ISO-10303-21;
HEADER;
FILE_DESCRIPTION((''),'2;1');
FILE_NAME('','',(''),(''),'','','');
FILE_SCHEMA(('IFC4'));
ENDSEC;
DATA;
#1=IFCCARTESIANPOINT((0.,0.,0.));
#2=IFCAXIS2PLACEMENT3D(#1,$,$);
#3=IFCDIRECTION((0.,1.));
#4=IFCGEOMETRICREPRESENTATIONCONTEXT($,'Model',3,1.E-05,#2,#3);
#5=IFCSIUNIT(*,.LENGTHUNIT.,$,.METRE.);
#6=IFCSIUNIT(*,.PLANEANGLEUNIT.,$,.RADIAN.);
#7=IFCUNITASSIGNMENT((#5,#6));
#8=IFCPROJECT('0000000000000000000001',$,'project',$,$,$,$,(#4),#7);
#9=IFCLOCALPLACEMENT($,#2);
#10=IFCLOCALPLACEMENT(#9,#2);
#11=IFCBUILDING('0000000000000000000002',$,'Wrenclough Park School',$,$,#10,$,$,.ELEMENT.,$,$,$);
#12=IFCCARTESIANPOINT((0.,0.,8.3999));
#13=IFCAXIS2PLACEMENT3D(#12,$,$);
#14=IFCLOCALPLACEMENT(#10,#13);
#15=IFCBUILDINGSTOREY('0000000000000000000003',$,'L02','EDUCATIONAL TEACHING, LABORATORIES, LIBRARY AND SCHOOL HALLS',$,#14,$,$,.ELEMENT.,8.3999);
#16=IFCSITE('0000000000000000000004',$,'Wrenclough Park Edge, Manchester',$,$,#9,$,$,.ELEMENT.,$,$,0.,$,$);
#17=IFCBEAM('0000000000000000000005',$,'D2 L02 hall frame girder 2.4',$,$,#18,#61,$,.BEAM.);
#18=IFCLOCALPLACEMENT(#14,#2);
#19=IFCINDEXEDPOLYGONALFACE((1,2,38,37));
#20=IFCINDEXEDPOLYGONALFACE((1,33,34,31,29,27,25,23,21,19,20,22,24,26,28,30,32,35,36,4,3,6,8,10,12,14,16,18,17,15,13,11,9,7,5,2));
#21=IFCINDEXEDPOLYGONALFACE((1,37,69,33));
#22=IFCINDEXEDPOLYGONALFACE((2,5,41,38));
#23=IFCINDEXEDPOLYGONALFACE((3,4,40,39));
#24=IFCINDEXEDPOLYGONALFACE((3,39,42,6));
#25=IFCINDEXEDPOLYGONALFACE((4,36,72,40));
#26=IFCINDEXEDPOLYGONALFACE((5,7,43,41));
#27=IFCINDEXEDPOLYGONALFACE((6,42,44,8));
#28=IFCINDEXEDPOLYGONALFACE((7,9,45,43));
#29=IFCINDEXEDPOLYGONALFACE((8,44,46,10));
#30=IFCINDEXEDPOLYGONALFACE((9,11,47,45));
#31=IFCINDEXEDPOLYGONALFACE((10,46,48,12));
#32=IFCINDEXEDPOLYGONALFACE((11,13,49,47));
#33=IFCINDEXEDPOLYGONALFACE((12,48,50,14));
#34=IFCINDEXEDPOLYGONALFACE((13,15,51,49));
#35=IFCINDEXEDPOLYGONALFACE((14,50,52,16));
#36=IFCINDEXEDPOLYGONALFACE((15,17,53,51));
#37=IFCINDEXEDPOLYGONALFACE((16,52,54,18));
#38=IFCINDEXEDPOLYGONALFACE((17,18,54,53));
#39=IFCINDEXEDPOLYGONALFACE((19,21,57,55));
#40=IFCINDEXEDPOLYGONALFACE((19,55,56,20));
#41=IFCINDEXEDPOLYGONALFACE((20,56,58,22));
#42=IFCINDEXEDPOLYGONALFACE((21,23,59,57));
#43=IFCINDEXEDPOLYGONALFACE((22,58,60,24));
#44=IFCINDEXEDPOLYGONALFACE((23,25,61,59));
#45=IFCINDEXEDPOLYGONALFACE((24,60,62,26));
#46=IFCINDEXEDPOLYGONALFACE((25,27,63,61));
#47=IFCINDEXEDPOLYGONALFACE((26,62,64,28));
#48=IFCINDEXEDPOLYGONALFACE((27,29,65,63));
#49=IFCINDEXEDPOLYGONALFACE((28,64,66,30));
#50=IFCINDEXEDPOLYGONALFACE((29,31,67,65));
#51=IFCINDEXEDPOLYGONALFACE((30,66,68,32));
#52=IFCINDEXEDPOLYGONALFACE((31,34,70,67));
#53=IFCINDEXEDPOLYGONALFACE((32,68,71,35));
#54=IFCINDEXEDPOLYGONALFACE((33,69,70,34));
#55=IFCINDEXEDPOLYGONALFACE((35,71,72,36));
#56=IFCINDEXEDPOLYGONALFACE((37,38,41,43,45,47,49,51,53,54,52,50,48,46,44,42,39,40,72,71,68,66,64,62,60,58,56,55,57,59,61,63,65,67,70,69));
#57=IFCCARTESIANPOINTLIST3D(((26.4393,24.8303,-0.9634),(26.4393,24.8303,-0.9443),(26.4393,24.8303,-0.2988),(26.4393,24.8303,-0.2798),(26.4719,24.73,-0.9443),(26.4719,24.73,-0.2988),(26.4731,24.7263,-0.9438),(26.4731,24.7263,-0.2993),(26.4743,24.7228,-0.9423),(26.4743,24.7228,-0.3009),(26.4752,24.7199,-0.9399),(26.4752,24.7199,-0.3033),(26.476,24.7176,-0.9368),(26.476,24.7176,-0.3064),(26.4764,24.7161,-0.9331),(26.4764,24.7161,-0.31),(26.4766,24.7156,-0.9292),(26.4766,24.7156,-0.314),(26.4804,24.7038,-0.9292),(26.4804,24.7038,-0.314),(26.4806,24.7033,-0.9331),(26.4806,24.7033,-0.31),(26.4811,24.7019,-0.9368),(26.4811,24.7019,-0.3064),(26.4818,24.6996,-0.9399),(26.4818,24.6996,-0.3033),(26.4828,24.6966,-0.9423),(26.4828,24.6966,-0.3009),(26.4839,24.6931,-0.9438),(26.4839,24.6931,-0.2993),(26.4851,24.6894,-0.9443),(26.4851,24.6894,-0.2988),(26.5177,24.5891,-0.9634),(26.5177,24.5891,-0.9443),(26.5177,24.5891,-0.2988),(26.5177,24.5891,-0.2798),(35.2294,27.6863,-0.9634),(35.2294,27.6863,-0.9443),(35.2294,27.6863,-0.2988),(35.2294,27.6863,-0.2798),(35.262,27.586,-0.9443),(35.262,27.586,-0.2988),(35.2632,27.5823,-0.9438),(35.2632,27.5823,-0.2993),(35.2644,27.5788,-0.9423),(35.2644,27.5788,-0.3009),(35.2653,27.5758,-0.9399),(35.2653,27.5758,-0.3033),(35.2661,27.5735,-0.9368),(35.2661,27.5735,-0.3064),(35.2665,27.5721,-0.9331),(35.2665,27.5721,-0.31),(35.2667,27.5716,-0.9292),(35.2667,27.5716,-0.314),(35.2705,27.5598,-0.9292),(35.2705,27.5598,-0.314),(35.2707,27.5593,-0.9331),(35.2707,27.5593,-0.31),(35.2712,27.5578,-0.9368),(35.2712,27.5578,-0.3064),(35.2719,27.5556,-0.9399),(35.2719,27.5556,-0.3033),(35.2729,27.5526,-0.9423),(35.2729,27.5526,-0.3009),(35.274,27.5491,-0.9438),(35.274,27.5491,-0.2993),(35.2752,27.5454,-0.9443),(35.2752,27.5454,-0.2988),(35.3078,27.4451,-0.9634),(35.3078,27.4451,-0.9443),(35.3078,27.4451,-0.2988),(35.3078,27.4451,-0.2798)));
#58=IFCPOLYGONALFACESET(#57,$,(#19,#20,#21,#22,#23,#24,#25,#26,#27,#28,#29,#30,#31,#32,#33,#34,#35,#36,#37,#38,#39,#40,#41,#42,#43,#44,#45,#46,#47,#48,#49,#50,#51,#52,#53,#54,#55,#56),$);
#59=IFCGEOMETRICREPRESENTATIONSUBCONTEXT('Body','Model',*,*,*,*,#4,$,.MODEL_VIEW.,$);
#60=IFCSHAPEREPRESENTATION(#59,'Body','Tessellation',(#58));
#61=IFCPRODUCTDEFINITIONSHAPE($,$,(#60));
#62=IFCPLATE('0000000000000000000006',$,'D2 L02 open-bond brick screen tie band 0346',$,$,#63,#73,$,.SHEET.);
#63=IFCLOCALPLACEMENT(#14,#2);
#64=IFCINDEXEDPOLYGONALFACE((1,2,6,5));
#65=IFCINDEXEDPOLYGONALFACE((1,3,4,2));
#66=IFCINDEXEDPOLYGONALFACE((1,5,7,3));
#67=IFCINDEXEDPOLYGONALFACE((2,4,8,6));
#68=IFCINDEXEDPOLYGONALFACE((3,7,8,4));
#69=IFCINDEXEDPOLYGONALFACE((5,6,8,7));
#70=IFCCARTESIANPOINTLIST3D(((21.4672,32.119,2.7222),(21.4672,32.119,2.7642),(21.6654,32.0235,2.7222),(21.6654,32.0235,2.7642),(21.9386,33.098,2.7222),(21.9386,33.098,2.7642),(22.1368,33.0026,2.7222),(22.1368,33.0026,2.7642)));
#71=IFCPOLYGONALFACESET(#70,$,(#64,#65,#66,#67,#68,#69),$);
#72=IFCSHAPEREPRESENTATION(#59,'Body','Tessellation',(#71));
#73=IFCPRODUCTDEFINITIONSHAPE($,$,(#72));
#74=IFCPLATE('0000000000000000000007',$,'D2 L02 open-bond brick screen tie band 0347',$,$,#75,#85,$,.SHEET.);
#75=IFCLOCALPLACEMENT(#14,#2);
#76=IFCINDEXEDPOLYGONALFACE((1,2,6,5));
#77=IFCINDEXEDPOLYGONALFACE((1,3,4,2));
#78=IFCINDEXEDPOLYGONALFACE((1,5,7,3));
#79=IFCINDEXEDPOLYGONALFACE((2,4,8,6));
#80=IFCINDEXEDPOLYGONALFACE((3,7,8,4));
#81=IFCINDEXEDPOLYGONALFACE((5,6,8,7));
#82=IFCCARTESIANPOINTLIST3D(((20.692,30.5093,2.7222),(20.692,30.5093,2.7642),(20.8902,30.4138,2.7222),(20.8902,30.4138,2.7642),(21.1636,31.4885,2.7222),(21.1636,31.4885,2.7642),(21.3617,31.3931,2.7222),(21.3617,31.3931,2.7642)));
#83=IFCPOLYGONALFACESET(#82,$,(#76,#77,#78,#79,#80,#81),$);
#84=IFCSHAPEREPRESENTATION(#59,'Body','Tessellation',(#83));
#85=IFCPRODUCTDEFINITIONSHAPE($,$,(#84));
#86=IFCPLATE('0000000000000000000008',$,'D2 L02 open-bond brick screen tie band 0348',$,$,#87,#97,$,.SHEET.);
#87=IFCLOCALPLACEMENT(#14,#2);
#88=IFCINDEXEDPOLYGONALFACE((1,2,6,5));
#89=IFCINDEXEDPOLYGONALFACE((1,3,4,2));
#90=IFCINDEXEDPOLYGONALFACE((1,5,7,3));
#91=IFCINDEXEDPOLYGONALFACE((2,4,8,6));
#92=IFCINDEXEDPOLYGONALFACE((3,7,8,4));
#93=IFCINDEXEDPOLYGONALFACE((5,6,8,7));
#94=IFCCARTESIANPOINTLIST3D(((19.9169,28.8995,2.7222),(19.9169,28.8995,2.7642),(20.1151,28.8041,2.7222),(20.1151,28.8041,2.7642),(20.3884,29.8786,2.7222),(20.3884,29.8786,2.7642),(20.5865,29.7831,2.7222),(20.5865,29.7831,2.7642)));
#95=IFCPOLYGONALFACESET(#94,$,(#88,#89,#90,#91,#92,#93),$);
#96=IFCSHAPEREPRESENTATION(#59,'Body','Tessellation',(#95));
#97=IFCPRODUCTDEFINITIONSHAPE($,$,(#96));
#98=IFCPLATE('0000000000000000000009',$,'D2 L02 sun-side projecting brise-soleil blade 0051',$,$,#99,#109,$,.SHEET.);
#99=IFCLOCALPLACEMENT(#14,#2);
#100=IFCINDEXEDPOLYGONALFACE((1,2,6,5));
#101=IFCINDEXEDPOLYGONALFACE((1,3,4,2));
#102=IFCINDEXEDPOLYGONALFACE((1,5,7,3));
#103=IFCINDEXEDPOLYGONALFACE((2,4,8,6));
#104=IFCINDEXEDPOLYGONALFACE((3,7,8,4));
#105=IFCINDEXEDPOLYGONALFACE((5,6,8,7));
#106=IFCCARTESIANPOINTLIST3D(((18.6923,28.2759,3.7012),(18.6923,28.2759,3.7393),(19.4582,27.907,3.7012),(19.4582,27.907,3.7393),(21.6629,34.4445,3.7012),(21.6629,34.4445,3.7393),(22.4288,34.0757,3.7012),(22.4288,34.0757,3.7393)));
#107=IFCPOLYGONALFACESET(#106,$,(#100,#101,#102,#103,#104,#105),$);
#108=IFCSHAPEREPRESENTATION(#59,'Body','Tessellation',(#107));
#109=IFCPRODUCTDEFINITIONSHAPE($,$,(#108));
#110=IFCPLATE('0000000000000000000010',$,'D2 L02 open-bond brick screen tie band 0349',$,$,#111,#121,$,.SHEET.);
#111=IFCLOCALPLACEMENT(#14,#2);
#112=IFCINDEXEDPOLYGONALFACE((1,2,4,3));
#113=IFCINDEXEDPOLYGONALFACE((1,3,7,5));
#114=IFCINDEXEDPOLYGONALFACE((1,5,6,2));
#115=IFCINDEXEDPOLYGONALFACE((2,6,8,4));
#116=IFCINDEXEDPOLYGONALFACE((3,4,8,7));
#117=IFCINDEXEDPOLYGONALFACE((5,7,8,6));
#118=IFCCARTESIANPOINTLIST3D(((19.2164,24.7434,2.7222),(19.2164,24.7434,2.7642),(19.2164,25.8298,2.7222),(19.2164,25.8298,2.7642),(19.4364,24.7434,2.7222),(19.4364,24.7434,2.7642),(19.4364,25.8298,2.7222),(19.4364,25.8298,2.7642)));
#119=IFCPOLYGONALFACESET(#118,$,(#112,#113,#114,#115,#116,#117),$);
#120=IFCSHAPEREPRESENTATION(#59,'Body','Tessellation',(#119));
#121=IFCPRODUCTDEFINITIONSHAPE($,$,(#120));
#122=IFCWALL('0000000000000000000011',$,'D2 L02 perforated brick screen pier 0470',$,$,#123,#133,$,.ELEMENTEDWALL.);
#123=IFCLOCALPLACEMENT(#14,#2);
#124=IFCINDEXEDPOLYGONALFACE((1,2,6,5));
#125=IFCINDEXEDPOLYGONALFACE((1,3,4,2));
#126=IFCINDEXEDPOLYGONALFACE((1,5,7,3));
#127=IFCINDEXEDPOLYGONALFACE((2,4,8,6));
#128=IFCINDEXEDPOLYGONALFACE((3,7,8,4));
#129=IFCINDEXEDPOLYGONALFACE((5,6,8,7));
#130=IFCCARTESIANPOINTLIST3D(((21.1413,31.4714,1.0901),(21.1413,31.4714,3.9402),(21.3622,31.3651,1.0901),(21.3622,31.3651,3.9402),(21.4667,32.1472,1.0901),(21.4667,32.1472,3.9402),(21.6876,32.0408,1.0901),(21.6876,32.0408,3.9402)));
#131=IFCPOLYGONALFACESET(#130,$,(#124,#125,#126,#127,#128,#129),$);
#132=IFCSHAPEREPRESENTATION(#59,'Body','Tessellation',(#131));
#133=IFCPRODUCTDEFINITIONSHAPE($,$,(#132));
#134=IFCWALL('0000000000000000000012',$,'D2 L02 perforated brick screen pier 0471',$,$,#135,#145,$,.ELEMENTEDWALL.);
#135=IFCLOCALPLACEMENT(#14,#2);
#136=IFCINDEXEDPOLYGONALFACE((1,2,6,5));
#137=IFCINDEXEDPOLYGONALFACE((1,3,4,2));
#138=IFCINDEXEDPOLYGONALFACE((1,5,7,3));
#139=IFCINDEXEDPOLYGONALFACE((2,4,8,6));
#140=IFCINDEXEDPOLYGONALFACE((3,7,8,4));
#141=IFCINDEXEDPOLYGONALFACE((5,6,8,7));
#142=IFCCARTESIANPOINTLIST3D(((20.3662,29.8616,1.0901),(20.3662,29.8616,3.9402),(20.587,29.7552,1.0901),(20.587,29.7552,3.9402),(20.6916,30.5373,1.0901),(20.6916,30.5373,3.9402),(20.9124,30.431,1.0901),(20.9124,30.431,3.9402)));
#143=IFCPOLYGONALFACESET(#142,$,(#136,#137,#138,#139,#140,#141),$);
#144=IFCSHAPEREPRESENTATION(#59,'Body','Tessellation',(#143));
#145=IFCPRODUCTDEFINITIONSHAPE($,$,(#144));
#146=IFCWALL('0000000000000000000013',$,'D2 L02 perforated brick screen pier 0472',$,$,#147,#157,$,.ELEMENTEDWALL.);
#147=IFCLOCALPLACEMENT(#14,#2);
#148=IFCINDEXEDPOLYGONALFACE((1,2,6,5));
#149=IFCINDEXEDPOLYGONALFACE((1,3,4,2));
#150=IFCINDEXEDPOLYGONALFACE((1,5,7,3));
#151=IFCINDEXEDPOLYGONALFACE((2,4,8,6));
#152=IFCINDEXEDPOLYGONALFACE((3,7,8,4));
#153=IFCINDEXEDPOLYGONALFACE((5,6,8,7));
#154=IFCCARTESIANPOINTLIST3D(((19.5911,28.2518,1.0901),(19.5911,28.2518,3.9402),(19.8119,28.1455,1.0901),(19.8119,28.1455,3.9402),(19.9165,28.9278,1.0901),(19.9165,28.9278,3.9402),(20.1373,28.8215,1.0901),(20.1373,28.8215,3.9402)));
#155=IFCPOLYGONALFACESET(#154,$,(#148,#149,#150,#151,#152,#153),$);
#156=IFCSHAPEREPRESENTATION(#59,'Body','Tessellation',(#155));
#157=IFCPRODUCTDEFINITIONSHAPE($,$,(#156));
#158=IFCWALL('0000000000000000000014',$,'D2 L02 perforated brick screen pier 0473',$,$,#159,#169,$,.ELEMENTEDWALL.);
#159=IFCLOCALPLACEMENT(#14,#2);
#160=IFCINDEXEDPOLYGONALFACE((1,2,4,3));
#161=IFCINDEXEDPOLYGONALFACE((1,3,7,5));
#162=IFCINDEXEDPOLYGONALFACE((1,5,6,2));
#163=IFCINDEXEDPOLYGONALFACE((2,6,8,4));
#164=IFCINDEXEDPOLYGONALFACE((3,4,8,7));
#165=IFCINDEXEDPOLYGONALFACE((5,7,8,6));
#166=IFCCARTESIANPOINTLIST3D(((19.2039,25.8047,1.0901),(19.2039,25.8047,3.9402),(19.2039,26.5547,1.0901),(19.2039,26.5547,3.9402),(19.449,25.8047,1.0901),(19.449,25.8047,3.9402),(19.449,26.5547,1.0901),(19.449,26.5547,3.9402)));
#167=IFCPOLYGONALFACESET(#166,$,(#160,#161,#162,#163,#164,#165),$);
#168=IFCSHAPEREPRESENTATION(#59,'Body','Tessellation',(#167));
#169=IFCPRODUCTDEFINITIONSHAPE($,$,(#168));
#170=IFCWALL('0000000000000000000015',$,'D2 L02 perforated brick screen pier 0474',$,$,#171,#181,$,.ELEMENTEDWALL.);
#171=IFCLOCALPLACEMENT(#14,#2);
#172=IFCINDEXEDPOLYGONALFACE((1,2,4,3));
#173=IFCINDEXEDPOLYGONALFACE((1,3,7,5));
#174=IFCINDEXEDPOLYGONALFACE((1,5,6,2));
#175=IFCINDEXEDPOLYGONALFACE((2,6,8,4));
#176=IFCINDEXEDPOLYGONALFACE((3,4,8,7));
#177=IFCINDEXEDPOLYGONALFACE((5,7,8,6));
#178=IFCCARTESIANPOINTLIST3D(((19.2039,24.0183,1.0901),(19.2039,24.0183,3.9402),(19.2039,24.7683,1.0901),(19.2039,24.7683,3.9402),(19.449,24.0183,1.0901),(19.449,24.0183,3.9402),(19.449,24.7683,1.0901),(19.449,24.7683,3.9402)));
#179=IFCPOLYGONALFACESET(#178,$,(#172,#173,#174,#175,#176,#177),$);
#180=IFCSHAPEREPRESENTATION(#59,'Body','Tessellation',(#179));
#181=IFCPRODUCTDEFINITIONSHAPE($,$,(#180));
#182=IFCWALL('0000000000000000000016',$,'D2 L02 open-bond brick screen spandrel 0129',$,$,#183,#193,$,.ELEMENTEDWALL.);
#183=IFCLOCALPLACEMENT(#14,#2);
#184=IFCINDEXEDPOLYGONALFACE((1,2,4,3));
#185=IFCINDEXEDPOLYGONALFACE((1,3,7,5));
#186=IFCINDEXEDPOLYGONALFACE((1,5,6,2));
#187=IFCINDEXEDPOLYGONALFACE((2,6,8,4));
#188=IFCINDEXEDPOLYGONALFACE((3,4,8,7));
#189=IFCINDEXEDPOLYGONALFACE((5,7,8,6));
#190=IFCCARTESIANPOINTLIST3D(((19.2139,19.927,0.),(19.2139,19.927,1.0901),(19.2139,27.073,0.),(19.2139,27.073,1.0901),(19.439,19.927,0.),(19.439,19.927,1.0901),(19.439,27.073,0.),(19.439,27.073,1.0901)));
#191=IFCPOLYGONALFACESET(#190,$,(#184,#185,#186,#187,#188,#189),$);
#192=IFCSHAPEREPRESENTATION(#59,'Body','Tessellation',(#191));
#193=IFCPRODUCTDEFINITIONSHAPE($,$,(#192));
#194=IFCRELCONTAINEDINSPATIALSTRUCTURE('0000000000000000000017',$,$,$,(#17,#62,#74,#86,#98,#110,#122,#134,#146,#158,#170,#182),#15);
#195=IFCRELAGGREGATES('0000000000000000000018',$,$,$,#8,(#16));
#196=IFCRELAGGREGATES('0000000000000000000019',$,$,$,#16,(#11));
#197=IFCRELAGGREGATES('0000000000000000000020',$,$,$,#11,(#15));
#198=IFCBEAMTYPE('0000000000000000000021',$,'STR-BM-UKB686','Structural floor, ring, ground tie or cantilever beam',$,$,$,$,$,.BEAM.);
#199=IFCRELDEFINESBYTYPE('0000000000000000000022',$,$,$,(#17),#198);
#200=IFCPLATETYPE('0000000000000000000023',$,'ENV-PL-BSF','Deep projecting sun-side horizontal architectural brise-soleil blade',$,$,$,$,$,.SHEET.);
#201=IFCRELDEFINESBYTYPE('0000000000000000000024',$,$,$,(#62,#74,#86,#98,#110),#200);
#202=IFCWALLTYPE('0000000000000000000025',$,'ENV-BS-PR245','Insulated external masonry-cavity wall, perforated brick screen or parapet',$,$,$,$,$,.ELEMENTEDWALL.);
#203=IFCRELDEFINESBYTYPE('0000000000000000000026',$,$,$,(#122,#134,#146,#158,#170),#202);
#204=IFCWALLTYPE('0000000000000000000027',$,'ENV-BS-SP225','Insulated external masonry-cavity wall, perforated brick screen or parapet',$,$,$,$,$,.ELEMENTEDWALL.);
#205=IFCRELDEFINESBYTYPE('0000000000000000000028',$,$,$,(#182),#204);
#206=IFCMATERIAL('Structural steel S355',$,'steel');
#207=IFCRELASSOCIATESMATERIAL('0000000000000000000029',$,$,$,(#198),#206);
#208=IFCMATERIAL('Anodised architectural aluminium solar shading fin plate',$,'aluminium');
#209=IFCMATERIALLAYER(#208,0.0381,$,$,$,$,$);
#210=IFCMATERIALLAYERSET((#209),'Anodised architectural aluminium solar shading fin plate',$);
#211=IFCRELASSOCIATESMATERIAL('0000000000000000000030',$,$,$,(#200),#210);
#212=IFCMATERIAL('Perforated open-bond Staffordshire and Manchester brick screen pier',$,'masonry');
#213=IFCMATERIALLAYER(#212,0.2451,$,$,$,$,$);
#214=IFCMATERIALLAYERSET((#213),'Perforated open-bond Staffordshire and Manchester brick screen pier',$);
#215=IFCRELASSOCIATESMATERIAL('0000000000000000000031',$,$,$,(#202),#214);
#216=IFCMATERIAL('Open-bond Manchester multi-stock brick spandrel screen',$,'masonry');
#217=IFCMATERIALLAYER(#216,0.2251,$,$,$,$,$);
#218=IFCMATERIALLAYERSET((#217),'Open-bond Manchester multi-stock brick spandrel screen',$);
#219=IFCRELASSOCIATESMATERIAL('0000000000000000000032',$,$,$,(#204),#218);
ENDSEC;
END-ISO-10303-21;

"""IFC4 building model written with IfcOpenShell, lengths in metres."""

from ifc_helpers import new_model, si_unit, direction, frame, frame_2d, origin, origin_2d, place, context, subcontext, project, spatial, rectangle, i_section, extrude, material, layer, layer_set, material_profile, profile_set, type_object, element, save


model = new_model("IFC4")

# Units and contexts
model_context = context("Model", 3, precision=1e-05, world=origin(), true_north=direction((0.0, 1.0)))
body_context = subcontext(model_context, "Body", "Model", "MODEL_VIEW")
ifc_project = project(units=[si_unit("LENGTHUNIT", "METRE"), si_unit("PLANEANGLEUNIT", "RADIAN")], contexts=[model_context])

# Site, building, storey
site_placement = place(None, origin())
site = spatial("IfcSite", under=ifc_project, at=site_placement, Name="Wrenclough Park Edge, Manchester", CompositionType="ELEMENT", RefElevation=0.0)
building_placement = place(site_placement, origin())
building = spatial("IfcBuilding", under=site, at=building_placement, Name="Wrenclough Park School", CompositionType="ELEMENT")
storey_placement = place(building_placement, frame((0.0, 0.0, 8.3999)))
storey = spatial("IfcBuildingStorey", under=building, at=storey_placement, Name="L02", Description="EDUCATIONAL TEACHING, LABORATORIES, LIBRARY AND SCHOOL HALLS", CompositionType="ELEMENT", Elevation=8.3999)

# Shared definitions
ifc_material_1 = material(Name="Structural steel S355", Category="steel")

# Beam
ifc_material_profile_1 = material_profile(ifc_material_1, i_section(OverallWidth=0.2537, OverallDepth=0.6836, WebThickness=0.0125, FlangeThickness=0.019, FilletRadius=0.0151, at=origin_2d()), Name="UKB 686x254x140")
ifc_profile_set_1 = profile_set([ifc_material_profile_1], Name="Structural steel S355")
beam_type_1 = type_object("IfcBeamType", Name="STR-BM-UKB686", Description="Structural floor, ring, ground tie or cantilever beam", PredefinedType="BEAM", material=ifc_profile_set_1)
beam_1_placement = place(storey_placement, frame((26.4785, 24.7097, -0.6216), z_axis=(0.95106, 0.309007, 0.0), x_axis=(-0.309007, 0.95106, 0.0)))
element("IfcBeam", 1, at=beam_1_placement, inside=storey, type_object=beam_type_1, Name="D2 L02 hall frame girder 2.4", PredefinedType="BEAM", context=body_context, shape_type="SweptSolid", body=[
    extrude(i_section(OverallWidth=0.2537, OverallDepth=0.6836, WebThickness=0.0125, FlangeThickness=0.019, FilletRadius=0.0151, at=origin_2d()), origin(), (0.0, 0.0, 1.0), 9.2424),
])

# Plates
ifc_material_2 = material(Name="Anodised architectural aluminium solar shading fin plate", Category="aluminium")
ifc_layer_1 = layer(ifc_material_2, 0.0381)
ifc_layer_set_1 = layer_set([ifc_layer_1], Name="Anodised architectural aluminium solar shading fin plate")
plate_type = type_object("IfcPlateType", Name="ENV-PL-BSF", Description="Deep projecting sun-side horizontal architectural brise-soleil blade", PredefinedType="SHEET", material=ifc_layer_set_1)
plate_1_placement = place(storey_placement, frame((21.802, 32.5608, 2.7222), z_axis=(0.0, 0.0, 1.0), x_axis=(-0.433872, -0.900975, 0.0)))
element("IfcPlate", 2, at=plate_1_placement, inside=storey, type_object=plate_type, Name="D2 L02 open-bond brick screen tie band 0346", PredefinedType="SHEET", context=body_context, shape_type="SweptSolid", body=[
    extrude(rectangle(XDim=1.0867, YDim=0.22, at=origin_2d()), origin(), (0.0, 0.0, 1.0), 0.042),
])
plate_2_placement = place(storey_placement, frame((21.0269, 30.9512, 2.7222), z_axis=(0.0, 0.0, 1.0), x_axis=(-0.433872, -0.900975, 0.0)))
element("IfcPlate", 3, at=plate_2_placement, inside=storey, type_object=plate_type, Name="D2 L02 open-bond brick screen tie band 0347", PredefinedType="SHEET", context=body_context, shape_type="SweptSolid", body=[
    extrude(rectangle(XDim=1.0869, YDim=0.22, at=origin_2d()), origin(), (0.0, 0.0, 1.0), 0.042),
])
plate_3_placement = place(storey_placement, frame((20.2517, 29.3413, 2.7222), z_axis=(0.0, 0.0, 1.0), x_axis=(-0.433872, -0.900975, 0.0)))
element("IfcPlate", 4, at=plate_3_placement, inside=storey, type_object=plate_type, Name="D2 L02 open-bond brick screen tie band 0348", PredefinedType="SHEET", context=body_context, shape_type="SweptSolid", body=[
    extrude(rectangle(XDim=1.0867, YDim=0.22, at=origin_2d()), origin(), (0.0, 0.0, 1.0), 0.042),
])
plate_4_placement = place(storey_placement, frame((20.5605, 31.1758, 3.7012), z_axis=(0.0, 0.0, 1.0), x_axis=(-0.433872, -0.900975, 0.0)))
element("IfcPlate", 5, at=plate_4_placement, inside=storey, type_object=plate_type, Name="D2 L02 sun-side projecting brise-soleil blade 0051", PredefinedType="SHEET", context=body_context, shape_type="SweptSolid", body=[
    extrude(rectangle(XDim=6.8467, YDim=0.8501, at=origin_2d()), origin(), (0.0, 0.0, 1.0), 0.0381),
])
plate_5_placement = place(storey_placement, frame((19.3264, 25.2866, 2.7222), z_axis=(0.0, 0.0, 1.0), x_axis=(0.0, -1.0, 0.0)))
element("IfcPlate", 6, at=plate_5_placement, inside=storey, type_object=plate_type, Name="D2 L02 open-bond brick screen tie band 0349", PredefinedType="SHEET", context=body_context, shape_type="SweptSolid", body=[
    extrude(rectangle(XDim=1.0864, YDim=0.22, at=origin_2d()), origin(), (0.0, 0.0, 1.0), 0.042),
])

# Walls
ifc_material_3 = material(Name="Perforated open-bond Staffordshire and Manchester brick screen pier", Category="masonry")
ifc_layer_2 = layer(ifc_material_3, 0.2451)
ifc_layer_set_2 = layer_set([ifc_layer_2], Name="Perforated open-bond Staffordshire and Manchester brick screen pier")
wall_type_1 = type_object("IfcWallType", Name="ENV-BS-PR245", Description="Insulated external masonry-cavity wall, perforated brick screen or parapet", PredefinedType="ELEMENTEDWALL", material=ifc_layer_set_2)
for number, where, z_axis, x_axis, name in (
    (7, (21.5771, 32.094, 1.0901), (0.0, 0.0, 1.0), (-0.433884, -0.900969, 0.0), "D2 L02 perforated brick screen pier 0470"),
    (8, (20.802, 30.4841, 1.0901), (0.0, 0.0, 1.0), (-0.433884, -0.900969, 0.0), "D2 L02 perforated brick screen pier 0471"),
):
    element("IfcWall", number, at=place(storey_placement, frame(where, z_axis=z_axis, x_axis=x_axis)), inside=storey, type_object=wall_type_1, Name=name, PredefinedType="ELEMENTEDWALL", context=body_context, shape_type="SweptSolid", body=[
        extrude(rectangle(XDim=0.75, YDim=0.2451, at=frame_2d((0.375, 0.0))), origin(), (0.0, 0.0, 1.0), 2.8501),
    ])
wall_1_placement = place(storey_placement, frame((20.0269, 28.8745, 1.0901), z_axis=(0.0, 0.0, 1.0), x_axis=(-0.433757, -0.90103, 0.0)))
element("IfcWall", 9, at=wall_1_placement, inside=storey, type_object=wall_type_1, Name="D2 L02 perforated brick screen pier 0472", PredefinedType="ELEMENTEDWALL", context=body_context, shape_type="SweptSolid", body=[
    extrude(rectangle(XDim=0.7502, YDim=0.2451, at=frame_2d((0.375, 0.0))), origin(), (0.0, 0.0, 1.0), 2.8501),
])
for number, where, z_axis, x_axis, name in (
    (10, (19.3264, 26.5547, 1.0901), (0.0, 0.0, 1.0), (0.0, -1.0, 0.0), "D2 L02 perforated brick screen pier 0473"),
    (11, (19.3264, 24.7683, 1.0901), (0.0, 0.0, 1.0), (0.0, -1.0, 0.0), "D2 L02 perforated brick screen pier 0474"),
):
    element("IfcWall", number, at=place(storey_placement, frame(where, z_axis=z_axis, x_axis=x_axis)), inside=storey, type_object=wall_type_1, Name=name, PredefinedType="ELEMENTEDWALL", context=body_context, shape_type="SweptSolid", body=[
        extrude(rectangle(XDim=0.75, YDim=0.2451, at=frame_2d((0.375, 0.0))), origin(), (0.0, 0.0, 1.0), 2.8501),
    ])
ifc_material_4 = material(Name="Open-bond Manchester multi-stock brick spandrel screen", Category="masonry")
ifc_layer_3 = layer(ifc_material_4, 0.2251)
ifc_layer_set_3 = layer_set([ifc_layer_3], Name="Open-bond Manchester multi-stock brick spandrel screen")
wall_type_2 = type_object("IfcWallType", Name="ENV-BS-SP225", Description="Insulated external masonry-cavity wall, perforated brick screen or parapet", PredefinedType="ELEMENTEDWALL", material=ifc_layer_set_3)
wall_2_placement = place(storey_placement, frame((19.3264, 27.073, 0.0), z_axis=(0.0, 0.0, 1.0), x_axis=(0.0, -1.0, 0.0)))
element("IfcWall", 12, at=wall_2_placement, inside=storey, type_object=wall_type_2, Name="D2 L02 open-bond brick screen spandrel 0129", PredefinedType="ELEMENTEDWALL", context=body_context, shape_type="SweptSolid", body=[
    extrude(rectangle(XDim=7.146, YDim=0.2251, at=frame_2d((3.573, 0.0))), origin(), (0.0, 0.0, 1.0), 1.0901),
])

save(model, "model.ifc")
